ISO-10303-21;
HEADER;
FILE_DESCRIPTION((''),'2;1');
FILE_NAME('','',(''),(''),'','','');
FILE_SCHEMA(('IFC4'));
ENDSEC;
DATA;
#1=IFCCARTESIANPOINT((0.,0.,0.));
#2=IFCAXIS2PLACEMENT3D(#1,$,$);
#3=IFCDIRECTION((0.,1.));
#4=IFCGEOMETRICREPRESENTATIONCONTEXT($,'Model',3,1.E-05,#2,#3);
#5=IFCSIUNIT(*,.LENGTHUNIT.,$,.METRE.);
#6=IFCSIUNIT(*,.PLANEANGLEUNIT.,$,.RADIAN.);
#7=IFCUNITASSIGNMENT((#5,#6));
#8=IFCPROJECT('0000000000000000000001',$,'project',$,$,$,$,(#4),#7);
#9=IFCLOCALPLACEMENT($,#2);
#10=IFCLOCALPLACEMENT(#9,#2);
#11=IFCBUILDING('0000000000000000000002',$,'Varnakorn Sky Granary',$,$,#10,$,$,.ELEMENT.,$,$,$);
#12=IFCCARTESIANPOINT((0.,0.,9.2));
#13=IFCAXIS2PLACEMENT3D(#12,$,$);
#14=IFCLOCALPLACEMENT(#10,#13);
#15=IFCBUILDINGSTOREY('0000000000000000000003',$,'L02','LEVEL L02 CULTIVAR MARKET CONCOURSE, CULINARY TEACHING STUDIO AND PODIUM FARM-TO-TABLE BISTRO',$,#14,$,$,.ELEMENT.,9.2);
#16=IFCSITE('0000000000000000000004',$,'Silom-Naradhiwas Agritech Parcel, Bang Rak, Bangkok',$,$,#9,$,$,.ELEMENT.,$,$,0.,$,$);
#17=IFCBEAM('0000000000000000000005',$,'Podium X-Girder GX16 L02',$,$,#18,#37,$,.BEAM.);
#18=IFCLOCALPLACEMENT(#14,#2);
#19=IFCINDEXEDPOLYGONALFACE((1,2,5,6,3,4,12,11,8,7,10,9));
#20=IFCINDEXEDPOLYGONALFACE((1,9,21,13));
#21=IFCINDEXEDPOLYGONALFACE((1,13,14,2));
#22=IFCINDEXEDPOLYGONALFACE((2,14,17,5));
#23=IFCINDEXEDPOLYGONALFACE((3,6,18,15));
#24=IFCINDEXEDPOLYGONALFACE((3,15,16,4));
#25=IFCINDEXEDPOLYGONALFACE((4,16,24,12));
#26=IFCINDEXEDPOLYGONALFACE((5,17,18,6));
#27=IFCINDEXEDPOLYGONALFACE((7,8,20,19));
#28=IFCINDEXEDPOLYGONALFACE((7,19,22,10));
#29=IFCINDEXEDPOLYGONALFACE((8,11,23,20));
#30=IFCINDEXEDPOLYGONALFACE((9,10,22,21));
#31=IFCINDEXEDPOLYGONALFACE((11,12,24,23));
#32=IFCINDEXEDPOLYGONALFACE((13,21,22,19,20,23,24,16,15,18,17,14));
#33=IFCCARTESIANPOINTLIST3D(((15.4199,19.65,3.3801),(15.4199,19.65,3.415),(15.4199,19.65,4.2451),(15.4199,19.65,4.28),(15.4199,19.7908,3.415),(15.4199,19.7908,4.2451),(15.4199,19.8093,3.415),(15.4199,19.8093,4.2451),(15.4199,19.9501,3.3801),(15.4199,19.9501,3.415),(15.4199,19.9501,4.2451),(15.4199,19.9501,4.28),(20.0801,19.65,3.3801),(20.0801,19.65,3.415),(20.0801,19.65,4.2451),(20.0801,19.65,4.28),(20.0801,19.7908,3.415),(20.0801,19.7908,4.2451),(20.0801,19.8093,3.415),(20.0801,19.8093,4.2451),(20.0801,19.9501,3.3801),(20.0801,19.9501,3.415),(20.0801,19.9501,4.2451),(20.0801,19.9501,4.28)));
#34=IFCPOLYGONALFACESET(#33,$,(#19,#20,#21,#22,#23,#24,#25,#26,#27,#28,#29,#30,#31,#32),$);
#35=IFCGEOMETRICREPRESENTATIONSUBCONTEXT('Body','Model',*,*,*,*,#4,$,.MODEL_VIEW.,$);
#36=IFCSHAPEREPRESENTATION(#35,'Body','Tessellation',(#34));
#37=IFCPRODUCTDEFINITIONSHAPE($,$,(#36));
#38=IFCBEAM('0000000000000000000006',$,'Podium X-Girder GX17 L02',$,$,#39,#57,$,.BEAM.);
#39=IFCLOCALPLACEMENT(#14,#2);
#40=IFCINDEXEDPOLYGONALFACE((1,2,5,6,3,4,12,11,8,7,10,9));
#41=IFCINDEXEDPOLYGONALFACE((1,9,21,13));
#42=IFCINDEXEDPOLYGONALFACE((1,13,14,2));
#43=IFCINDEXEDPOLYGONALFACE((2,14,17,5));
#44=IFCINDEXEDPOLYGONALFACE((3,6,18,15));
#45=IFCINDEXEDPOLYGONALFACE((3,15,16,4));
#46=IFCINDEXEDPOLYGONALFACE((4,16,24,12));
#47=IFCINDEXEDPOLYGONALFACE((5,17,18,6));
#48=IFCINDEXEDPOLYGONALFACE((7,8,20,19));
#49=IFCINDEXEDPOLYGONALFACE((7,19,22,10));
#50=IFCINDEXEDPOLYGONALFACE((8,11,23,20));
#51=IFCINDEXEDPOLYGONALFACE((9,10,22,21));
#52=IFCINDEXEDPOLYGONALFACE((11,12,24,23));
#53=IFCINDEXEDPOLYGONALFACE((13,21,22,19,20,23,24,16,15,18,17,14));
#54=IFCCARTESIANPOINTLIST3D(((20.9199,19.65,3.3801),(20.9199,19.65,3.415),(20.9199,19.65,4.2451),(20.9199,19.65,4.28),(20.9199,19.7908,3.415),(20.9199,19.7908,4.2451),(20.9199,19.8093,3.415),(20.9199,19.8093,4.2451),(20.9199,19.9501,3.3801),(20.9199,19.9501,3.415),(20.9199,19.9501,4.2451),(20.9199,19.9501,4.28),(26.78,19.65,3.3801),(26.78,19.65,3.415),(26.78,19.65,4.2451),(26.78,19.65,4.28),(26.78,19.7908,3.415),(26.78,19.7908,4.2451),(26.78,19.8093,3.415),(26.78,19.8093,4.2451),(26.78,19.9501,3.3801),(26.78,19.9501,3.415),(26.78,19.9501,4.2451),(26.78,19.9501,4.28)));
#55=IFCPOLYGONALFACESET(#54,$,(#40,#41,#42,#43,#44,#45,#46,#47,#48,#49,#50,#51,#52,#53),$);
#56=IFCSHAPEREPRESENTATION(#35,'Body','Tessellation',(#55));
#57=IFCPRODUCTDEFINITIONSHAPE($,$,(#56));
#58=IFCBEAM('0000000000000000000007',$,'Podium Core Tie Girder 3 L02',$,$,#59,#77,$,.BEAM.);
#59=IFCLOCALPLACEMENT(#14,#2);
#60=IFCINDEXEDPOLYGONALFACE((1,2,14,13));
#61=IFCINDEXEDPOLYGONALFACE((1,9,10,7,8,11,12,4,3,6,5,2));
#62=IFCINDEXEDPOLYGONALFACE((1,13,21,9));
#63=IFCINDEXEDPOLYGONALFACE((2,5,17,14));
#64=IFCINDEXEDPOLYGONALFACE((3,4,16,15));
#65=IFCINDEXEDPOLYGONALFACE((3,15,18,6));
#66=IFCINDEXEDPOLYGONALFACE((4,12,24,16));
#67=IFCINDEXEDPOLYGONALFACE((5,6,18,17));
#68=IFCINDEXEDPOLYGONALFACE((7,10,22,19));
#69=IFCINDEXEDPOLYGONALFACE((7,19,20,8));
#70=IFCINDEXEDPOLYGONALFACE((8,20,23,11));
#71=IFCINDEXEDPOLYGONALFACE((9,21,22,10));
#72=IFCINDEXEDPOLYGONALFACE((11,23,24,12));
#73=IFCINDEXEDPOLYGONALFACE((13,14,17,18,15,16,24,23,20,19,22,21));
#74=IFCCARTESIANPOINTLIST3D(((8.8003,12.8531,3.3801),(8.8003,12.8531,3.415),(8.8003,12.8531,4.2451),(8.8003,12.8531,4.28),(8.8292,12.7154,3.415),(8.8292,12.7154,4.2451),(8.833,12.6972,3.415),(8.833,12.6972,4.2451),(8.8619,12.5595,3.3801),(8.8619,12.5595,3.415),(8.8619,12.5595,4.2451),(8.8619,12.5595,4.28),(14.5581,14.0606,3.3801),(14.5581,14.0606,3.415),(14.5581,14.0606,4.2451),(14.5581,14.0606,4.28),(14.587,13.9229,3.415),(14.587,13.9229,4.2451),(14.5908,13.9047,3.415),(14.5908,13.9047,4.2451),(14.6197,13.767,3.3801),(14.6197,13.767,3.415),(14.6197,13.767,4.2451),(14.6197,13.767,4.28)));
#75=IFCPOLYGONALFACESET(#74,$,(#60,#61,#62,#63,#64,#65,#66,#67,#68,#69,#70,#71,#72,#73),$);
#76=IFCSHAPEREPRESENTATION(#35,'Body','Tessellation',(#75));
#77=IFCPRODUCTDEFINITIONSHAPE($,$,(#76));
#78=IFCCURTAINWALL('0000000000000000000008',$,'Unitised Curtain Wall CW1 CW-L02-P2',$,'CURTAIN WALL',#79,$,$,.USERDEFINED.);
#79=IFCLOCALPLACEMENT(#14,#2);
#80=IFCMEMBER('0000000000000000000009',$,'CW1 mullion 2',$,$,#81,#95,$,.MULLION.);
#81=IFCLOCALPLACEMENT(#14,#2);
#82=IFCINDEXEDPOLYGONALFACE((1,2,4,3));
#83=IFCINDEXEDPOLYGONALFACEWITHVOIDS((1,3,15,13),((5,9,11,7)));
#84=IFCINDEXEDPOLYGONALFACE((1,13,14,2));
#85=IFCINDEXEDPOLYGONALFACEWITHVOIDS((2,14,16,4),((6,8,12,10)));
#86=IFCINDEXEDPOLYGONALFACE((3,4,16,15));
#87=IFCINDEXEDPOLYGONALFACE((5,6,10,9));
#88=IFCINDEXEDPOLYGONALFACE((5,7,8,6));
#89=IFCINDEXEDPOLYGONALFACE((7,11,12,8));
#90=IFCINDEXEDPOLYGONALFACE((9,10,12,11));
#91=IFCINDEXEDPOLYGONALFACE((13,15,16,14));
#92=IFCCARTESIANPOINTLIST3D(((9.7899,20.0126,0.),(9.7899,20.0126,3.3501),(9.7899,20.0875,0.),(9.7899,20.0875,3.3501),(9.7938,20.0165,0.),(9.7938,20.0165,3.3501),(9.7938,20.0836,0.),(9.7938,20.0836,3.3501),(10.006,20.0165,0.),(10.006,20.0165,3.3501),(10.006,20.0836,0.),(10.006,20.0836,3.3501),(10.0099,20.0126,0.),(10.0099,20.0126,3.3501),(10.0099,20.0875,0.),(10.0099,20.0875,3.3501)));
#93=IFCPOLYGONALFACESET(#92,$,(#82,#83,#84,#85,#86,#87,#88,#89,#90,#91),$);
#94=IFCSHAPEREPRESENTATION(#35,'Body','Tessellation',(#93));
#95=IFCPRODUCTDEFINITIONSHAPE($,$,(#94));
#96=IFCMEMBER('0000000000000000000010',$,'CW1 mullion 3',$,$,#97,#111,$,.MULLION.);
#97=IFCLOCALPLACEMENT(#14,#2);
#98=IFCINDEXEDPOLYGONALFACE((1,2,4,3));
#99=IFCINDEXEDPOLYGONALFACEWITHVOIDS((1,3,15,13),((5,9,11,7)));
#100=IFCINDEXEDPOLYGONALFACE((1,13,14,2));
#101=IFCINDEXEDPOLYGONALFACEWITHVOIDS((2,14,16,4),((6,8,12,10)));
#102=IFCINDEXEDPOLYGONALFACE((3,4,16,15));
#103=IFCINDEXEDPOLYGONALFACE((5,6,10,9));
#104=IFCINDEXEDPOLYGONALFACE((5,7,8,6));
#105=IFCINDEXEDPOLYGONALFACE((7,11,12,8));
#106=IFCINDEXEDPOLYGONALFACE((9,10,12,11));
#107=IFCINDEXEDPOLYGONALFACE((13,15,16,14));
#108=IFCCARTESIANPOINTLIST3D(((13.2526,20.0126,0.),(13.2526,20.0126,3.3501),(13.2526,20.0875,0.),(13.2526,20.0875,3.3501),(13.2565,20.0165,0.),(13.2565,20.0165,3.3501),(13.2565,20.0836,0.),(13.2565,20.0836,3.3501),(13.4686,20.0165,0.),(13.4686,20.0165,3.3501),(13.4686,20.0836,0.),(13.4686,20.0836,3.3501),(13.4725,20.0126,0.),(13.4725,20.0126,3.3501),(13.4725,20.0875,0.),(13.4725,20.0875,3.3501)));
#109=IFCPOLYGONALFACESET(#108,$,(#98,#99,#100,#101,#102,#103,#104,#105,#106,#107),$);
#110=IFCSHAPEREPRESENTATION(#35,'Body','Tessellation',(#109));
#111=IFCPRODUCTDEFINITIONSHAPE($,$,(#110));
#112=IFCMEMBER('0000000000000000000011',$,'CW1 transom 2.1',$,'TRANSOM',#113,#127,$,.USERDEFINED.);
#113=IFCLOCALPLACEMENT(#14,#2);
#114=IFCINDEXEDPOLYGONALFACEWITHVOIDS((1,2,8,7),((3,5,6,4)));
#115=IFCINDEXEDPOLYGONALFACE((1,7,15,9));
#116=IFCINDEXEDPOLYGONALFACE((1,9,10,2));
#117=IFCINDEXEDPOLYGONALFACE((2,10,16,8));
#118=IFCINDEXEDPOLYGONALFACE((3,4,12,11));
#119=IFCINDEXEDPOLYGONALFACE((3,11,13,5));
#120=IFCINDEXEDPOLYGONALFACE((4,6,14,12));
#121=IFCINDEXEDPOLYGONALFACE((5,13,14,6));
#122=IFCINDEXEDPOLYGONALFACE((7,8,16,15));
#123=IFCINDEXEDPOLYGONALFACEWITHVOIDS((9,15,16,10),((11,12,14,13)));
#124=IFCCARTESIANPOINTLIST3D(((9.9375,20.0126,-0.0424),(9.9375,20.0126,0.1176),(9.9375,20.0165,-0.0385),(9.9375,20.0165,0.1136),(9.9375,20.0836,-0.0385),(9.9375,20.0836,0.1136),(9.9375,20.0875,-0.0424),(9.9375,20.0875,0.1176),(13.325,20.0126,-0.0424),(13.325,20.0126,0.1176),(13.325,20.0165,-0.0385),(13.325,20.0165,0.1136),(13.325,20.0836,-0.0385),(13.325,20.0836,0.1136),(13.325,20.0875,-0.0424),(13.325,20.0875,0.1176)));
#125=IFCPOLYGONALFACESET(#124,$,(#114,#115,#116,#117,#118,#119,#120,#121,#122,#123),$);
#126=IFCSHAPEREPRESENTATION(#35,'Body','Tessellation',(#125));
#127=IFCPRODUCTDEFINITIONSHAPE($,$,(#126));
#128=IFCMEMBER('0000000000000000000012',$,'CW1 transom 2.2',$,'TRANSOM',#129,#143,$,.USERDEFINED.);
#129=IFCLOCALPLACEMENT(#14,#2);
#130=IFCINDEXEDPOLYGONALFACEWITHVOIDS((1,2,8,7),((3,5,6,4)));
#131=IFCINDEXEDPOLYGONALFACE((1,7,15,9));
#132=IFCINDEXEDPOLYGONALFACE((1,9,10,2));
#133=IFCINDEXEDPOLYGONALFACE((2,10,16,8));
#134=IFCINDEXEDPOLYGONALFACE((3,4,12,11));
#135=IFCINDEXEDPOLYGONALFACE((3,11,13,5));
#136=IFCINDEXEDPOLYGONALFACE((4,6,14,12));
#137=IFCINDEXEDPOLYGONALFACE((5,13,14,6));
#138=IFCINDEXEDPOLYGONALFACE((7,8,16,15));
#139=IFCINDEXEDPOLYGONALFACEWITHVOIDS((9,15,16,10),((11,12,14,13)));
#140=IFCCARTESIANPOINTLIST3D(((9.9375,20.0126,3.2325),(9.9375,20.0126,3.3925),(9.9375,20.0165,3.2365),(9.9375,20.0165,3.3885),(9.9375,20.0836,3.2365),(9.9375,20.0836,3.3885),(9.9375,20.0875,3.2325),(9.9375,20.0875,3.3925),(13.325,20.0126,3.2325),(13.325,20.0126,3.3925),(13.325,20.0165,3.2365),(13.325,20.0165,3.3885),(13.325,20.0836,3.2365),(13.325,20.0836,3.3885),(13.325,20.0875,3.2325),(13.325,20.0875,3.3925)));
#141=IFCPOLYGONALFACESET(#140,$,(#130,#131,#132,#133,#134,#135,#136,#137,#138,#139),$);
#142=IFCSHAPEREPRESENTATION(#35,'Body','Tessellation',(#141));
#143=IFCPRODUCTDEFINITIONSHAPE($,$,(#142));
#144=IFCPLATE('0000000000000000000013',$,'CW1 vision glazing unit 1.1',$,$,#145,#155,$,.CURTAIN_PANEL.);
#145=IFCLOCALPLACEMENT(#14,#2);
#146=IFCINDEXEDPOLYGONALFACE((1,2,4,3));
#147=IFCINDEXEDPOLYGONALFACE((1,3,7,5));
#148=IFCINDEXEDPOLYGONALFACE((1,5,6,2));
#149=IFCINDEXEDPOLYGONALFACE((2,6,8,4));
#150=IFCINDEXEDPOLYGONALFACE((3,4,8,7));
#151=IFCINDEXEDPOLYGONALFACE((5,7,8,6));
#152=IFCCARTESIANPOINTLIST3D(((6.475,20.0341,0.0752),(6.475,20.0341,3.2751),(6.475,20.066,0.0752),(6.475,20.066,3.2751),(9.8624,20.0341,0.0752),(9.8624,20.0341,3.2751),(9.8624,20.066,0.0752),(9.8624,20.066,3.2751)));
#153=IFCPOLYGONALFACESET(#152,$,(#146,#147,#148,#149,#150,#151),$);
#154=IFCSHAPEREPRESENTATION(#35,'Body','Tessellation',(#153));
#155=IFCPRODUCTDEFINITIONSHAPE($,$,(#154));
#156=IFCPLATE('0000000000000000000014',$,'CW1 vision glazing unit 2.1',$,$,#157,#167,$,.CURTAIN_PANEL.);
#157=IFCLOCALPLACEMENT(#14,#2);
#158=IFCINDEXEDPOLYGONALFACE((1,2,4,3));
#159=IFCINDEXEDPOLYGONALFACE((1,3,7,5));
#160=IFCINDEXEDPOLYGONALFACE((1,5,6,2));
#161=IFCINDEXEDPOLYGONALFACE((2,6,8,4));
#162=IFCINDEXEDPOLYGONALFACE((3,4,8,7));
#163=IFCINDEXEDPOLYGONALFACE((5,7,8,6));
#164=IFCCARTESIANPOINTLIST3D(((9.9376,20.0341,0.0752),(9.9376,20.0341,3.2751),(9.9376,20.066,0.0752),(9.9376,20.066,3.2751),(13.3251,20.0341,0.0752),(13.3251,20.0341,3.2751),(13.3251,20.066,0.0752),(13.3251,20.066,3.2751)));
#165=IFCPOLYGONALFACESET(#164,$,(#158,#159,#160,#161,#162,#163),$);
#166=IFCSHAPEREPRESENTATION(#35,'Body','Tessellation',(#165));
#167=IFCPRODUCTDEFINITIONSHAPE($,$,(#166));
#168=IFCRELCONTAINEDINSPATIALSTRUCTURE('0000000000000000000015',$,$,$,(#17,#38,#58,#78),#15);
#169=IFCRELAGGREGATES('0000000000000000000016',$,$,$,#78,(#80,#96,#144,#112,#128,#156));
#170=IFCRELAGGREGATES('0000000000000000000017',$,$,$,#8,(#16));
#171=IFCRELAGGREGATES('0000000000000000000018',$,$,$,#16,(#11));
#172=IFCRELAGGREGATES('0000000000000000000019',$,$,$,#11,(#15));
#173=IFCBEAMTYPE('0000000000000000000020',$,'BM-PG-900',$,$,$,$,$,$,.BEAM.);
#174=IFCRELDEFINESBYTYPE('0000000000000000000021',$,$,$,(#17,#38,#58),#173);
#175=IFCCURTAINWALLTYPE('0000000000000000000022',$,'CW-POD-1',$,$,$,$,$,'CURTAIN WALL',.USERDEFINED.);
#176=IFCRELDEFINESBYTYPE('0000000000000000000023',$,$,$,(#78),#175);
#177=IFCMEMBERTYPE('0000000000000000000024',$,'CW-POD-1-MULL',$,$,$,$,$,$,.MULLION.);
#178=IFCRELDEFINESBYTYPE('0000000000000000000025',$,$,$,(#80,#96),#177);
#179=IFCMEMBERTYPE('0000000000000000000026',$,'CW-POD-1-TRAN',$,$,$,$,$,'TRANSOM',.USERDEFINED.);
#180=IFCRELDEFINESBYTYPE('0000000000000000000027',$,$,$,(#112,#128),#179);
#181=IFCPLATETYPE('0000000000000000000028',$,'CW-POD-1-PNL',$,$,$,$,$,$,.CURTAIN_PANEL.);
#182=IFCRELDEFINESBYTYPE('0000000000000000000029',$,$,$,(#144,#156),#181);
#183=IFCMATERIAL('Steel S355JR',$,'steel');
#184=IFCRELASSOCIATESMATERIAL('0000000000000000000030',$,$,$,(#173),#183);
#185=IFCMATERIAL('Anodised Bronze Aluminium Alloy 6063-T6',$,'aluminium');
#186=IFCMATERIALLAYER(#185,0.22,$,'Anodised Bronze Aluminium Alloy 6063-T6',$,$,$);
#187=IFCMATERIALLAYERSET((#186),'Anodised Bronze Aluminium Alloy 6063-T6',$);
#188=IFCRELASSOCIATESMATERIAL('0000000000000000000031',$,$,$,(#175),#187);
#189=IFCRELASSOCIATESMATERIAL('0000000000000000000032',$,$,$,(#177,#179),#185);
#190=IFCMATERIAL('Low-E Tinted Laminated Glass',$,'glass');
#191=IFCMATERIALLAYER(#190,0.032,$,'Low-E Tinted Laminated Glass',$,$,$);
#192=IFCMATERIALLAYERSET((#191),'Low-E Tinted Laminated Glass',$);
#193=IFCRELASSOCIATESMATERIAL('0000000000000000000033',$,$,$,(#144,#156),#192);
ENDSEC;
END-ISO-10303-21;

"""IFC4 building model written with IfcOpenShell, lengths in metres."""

from ifc_helpers import new_model, si_unit, direction, frame, origin, origin_2d, place, context, subcontext, project, spatial, rectangle, hollow_rectangle, i_section, extrude, source, transform, mapped, material, layer, layer_set, material_profile, profile_set, type_object, type_shapes, element, aggregate, save


model = new_model("IFC4")

# Units and contexts
model_context = context("Model", 3, precision=1e-05, world=origin(), true_north=direction((0.0, 1.0)))
body_context = subcontext(model_context, "Body", "Model", "MODEL_VIEW")
ifc_project = project(units=[si_unit("LENGTHUNIT", "METRE"), si_unit("PLANEANGLEUNIT", "RADIAN")], contexts=[model_context])

# Site, building, storey
site_placement = place(None, origin())
site = spatial("IfcSite", under=ifc_project, at=site_placement, Name="Silom-Naradhiwas Agritech Parcel, Bang Rak, Bangkok", CompositionType="ELEMENT", RefElevation=0.0)
building_placement = place(site_placement, origin())
building = spatial("IfcBuilding", under=site, at=building_placement, Name="Varnakorn Sky Granary", CompositionType="ELEMENT")
storey_placement = place(building_placement, frame((0.0, 0.0, 9.2)))
storey = spatial("IfcBuildingStorey", under=building, at=storey_placement, Name="L02", Description="LEVEL L02 CULTIVAR MARKET CONCOURSE, CULINARY TEACHING STUDIO AND PODIUM FARM-TO-TABLE BISTRO", CompositionType="ELEMENT", Elevation=9.2)

# Beams
ifc_material_1 = material(Name="Steel S355JR", Category="steel")
ifc_material_profile_1 = material_profile(ifc_material_1, i_section(OverallWidth=0.3, OverallDepth=0.8999, WebThickness=0.0186, FlangeThickness=0.0349, at=origin_2d()), Name="HE 900 B")
ifc_profile_set_1 = profile_set([ifc_material_profile_1], Name="Steel S355JR")
beam_type_1 = type_object("IfcBeamType", Name="BM-PG-900", PredefinedType="BEAM", material=ifc_profile_set_1)
beam_1_placement = place(storey_placement, frame((15.4199, 19.8, 3.8301), z_axis=(1.0, 0.0, 0.0), x_axis=(0.0, 1.0, 0.0)))
element("IfcBeam", 1, at=beam_1_placement, inside=storey, type_object=beam_type_1, Name="Podium X-Girder GX16 L02", PredefinedType="BEAM", context=body_context, shape_type="SweptSolid", body=[
    extrude(i_section(OverallWidth=0.3, OverallDepth=0.8999, WebThickness=0.0186, FlangeThickness=0.0349, at=origin_2d()), origin(), (0.0, 0.0, 1.0), 4.6602),
])
beam_2_placement = place(storey_placement, frame((20.9199, 19.8, 3.8301), z_axis=(1.0, 0.0, 0.0), x_axis=(0.0, 1.0, 0.0)))
element("IfcBeam", 2, at=beam_2_placement, inside=storey, type_object=beam_type_1, Name="Podium X-Girder GX17 L02", PredefinedType="BEAM", context=body_context, shape_type="SweptSolid", body=[
    extrude(i_section(OverallWidth=0.3, OverallDepth=0.8999, WebThickness=0.0186, FlangeThickness=0.0349, at=origin_2d()), origin(), (0.0, 0.0, 1.0), 5.8601),
])
beam_3_placement = place(storey_placement, frame((14.5889, 13.9138, 3.8301), z_axis=(-0.978709, -0.205253, 0.0), x_axis=(0.205253, -0.978709, 0.0)))
element("IfcBeam", 3, at=beam_3_placement, inside=storey, type_object=beam_type_1, Name="Podium Core Tie Girder 3 L02", PredefinedType="BEAM", context=body_context, shape_type="SweptSolid", body=[
    extrude(i_section(OverallWidth=0.3, OverallDepth=0.8999, WebThickness=0.0186, FlangeThickness=0.0349, at=origin_2d()), origin(), (0.0, 0.0, 1.0), 5.8831),
])

# Curtain wall, members, plates
ifc_material_2 = material(Name="Anodised Bronze Aluminium Alloy 6063-T6", Category="aluminium")
ifc_layer_1 = layer(ifc_material_2, 0.22, Name="Anodised Bronze Aluminium Alloy 6063-T6")
ifc_layer_set_1 = layer_set([ifc_layer_1], Name="Anodised Bronze Aluminium Alloy 6063-T6")
curtain_wall_type = type_object("IfcCurtainWallType", Name="CW-POD-1", ElementType="CURTAIN WALL", PredefinedType="USERDEFINED", material=ifc_layer_set_1)
curtain_wall_placement = place(storey_placement, origin())
curtain_wall = element("IfcCurtainWall", 4, at=curtain_wall_placement, inside=storey, type_object=curtain_wall_type, Name="Unitised Curtain Wall CW1 CW-L02-P2", ObjectType="CURTAIN WALL", PredefinedType="USERDEFINED")
ifc_material_profile_2 = material_profile(ifc_material_2, hollow_rectangle(XDim=0.075, YDim=0.22, WallThickness=0.0039, at=origin_2d()), Name="ALU MULL 75x220")
ifc_profile_set_2 = profile_set([ifc_material_profile_2], Name="Anodised Bronze Aluminium Alloy 6063-T6")
member_type_1 = type_object("IfcMemberType", Name="CW-POD-1-MULL", PredefinedType="MULLION", material=ifc_profile_set_2)
member_1_placement = place(storey_placement, frame((9.8999, 20.05, 0.0), z_axis=(0.0, 0.0, 1.0), x_axis=(0.0, 1.0, 0.0)))
member_1 = element("IfcMember", 5, at=member_1_placement, type_object=member_type_1, Name="CW1 mullion 2", PredefinedType="MULLION", context=body_context, shape_type="SweptSolid", body=[
    extrude(hollow_rectangle(XDim=0.075, YDim=0.22, WallThickness=0.0039, at=origin_2d()), origin(), (0.0, 0.0, 1.0), 3.3501),
])
member_2_placement = place(storey_placement, frame((13.3625, 20.05, 0.0), z_axis=(0.0, 0.0, 1.0), x_axis=(0.0, 1.0, 0.0)))
member_2 = element("IfcMember", 6, at=member_2_placement, type_object=member_type_1, Name="CW1 mullion 3", PredefinedType="MULLION", context=body_context, shape_type="SweptSolid", body=[
    extrude(hollow_rectangle(XDim=0.075, YDim=0.22, WallThickness=0.0039, at=origin_2d()), origin(), (0.0, 0.0, 1.0), 3.3501),
])
ifc_material_profile_3 = material_profile(ifc_material_2, hollow_rectangle(XDim=0.075, YDim=0.1599, WallThickness=0.0039, at=origin_2d()), Name="ALU TRAN 75x160")
ifc_profile_set_3 = profile_set([ifc_material_profile_3], Name="Anodised Bronze Aluminium Alloy 6063-T6")
member_type_2 = type_object("IfcMemberType", Name="CW-POD-1-TRAN", ElementType="TRANSOM", PredefinedType="USERDEFINED", material=ifc_profile_set_3)
member_3_placement = place(storey_placement, frame((9.9375, 20.05, 0.0376), z_axis=(1.0, 0.0, 0.0), x_axis=(0.0, 1.0, 0.0)))
member_3 = element("IfcMember", 7, at=member_3_placement, type_object=member_type_2, Name="CW1 transom 2.1", ObjectType="TRANSOM", PredefinedType="USERDEFINED", context=body_context, shape_type="SweptSolid", body=[
    extrude(hollow_rectangle(XDim=0.075, YDim=0.1599, WallThickness=0.0039, at=origin_2d()), origin(), (0.0, 0.0, 1.0), 3.3875),
])
member_4_placement = place(storey_placement, frame((9.9375, 20.05, 3.3125), z_axis=(1.0, 0.0, 0.0), x_axis=(0.0, 1.0, 0.0)))
member_4 = element("IfcMember", 8, at=member_4_placement, type_object=member_type_2, Name="CW1 transom 2.2", ObjectType="TRANSOM", PredefinedType="USERDEFINED", context=body_context, shape_type="SweptSolid", body=[
    extrude(hollow_rectangle(XDim=0.075, YDim=0.1599, WallThickness=0.0039, at=origin_2d()), origin(), (0.0, 0.0, 1.0), 3.3875),
])
ifc_material_3 = material(Name="Low-E Tinted Laminated Glass", Category="glass")
ifc_layer_2 = layer(ifc_material_3, 0.032, Name="Low-E Tinted Laminated Glass")
ifc_layer_set_2 = layer_set([ifc_layer_2], Name="Low-E Tinted Laminated Glass")
plate_type = type_object("IfcPlateType", Name="CW-POD-1-PNL", PredefinedType="CURTAIN_PANEL")
shared_shape = source(origin(), body_context, "Body", "SweptSolid", [
    extrude(rectangle(XDim=3.3875, YDim=0.032, at=origin_2d()), origin(), (0.0, 0.0, 1.0), 3.2),
])
type_shapes(plate_type, [shared_shape])
plate_1_placement = place(storey_placement, frame((8.1687, 20.05, 0.0752), z_axis=(0.0, 0.0, 1.0), x_axis=(1.0, 0.0, 0.0)))
plate_1 = element("IfcPlate", 9, at=plate_1_placement, type_object=plate_type, material=ifc_layer_set_2, Name="CW1 vision glazing unit 1.1", PredefinedType="CURTAIN_PANEL", context=body_context, shape_type="MappedRepresentation", body=[
    mapped(shared_shape, transform((0.0, 0.0, 0.0), x_axis=(1.0, 0.0, 0.0), y_axis=(0.0, 1.0, 0.0), z_axis=(0.0, 0.0, 1.0), scale=1.0)),
])
plate_2_placement = place(storey_placement, frame((11.6313, 20.05, 0.0752), z_axis=(0.0, 0.0, 1.0), x_axis=(1.0, 0.0, 0.0)))
plate_2 = element("IfcPlate", 10, at=plate_2_placement, type_object=plate_type, material=ifc_layer_set_2, Name="CW1 vision glazing unit 2.1", PredefinedType="CURTAIN_PANEL", context=body_context, shape_type="MappedRepresentation", body=[
    mapped(shared_shape, transform((0.0, 0.0, 0.0), x_axis=(1.0, 0.0, 0.0), y_axis=(0.0, 1.0, 0.0), z_axis=(0.0, 0.0, 1.0), scale=1.0)),
])
aggregate(curtain_wall, [member_1, member_2, plate_1, member_3, member_4, plate_2])

save(model, "model.ifc")
